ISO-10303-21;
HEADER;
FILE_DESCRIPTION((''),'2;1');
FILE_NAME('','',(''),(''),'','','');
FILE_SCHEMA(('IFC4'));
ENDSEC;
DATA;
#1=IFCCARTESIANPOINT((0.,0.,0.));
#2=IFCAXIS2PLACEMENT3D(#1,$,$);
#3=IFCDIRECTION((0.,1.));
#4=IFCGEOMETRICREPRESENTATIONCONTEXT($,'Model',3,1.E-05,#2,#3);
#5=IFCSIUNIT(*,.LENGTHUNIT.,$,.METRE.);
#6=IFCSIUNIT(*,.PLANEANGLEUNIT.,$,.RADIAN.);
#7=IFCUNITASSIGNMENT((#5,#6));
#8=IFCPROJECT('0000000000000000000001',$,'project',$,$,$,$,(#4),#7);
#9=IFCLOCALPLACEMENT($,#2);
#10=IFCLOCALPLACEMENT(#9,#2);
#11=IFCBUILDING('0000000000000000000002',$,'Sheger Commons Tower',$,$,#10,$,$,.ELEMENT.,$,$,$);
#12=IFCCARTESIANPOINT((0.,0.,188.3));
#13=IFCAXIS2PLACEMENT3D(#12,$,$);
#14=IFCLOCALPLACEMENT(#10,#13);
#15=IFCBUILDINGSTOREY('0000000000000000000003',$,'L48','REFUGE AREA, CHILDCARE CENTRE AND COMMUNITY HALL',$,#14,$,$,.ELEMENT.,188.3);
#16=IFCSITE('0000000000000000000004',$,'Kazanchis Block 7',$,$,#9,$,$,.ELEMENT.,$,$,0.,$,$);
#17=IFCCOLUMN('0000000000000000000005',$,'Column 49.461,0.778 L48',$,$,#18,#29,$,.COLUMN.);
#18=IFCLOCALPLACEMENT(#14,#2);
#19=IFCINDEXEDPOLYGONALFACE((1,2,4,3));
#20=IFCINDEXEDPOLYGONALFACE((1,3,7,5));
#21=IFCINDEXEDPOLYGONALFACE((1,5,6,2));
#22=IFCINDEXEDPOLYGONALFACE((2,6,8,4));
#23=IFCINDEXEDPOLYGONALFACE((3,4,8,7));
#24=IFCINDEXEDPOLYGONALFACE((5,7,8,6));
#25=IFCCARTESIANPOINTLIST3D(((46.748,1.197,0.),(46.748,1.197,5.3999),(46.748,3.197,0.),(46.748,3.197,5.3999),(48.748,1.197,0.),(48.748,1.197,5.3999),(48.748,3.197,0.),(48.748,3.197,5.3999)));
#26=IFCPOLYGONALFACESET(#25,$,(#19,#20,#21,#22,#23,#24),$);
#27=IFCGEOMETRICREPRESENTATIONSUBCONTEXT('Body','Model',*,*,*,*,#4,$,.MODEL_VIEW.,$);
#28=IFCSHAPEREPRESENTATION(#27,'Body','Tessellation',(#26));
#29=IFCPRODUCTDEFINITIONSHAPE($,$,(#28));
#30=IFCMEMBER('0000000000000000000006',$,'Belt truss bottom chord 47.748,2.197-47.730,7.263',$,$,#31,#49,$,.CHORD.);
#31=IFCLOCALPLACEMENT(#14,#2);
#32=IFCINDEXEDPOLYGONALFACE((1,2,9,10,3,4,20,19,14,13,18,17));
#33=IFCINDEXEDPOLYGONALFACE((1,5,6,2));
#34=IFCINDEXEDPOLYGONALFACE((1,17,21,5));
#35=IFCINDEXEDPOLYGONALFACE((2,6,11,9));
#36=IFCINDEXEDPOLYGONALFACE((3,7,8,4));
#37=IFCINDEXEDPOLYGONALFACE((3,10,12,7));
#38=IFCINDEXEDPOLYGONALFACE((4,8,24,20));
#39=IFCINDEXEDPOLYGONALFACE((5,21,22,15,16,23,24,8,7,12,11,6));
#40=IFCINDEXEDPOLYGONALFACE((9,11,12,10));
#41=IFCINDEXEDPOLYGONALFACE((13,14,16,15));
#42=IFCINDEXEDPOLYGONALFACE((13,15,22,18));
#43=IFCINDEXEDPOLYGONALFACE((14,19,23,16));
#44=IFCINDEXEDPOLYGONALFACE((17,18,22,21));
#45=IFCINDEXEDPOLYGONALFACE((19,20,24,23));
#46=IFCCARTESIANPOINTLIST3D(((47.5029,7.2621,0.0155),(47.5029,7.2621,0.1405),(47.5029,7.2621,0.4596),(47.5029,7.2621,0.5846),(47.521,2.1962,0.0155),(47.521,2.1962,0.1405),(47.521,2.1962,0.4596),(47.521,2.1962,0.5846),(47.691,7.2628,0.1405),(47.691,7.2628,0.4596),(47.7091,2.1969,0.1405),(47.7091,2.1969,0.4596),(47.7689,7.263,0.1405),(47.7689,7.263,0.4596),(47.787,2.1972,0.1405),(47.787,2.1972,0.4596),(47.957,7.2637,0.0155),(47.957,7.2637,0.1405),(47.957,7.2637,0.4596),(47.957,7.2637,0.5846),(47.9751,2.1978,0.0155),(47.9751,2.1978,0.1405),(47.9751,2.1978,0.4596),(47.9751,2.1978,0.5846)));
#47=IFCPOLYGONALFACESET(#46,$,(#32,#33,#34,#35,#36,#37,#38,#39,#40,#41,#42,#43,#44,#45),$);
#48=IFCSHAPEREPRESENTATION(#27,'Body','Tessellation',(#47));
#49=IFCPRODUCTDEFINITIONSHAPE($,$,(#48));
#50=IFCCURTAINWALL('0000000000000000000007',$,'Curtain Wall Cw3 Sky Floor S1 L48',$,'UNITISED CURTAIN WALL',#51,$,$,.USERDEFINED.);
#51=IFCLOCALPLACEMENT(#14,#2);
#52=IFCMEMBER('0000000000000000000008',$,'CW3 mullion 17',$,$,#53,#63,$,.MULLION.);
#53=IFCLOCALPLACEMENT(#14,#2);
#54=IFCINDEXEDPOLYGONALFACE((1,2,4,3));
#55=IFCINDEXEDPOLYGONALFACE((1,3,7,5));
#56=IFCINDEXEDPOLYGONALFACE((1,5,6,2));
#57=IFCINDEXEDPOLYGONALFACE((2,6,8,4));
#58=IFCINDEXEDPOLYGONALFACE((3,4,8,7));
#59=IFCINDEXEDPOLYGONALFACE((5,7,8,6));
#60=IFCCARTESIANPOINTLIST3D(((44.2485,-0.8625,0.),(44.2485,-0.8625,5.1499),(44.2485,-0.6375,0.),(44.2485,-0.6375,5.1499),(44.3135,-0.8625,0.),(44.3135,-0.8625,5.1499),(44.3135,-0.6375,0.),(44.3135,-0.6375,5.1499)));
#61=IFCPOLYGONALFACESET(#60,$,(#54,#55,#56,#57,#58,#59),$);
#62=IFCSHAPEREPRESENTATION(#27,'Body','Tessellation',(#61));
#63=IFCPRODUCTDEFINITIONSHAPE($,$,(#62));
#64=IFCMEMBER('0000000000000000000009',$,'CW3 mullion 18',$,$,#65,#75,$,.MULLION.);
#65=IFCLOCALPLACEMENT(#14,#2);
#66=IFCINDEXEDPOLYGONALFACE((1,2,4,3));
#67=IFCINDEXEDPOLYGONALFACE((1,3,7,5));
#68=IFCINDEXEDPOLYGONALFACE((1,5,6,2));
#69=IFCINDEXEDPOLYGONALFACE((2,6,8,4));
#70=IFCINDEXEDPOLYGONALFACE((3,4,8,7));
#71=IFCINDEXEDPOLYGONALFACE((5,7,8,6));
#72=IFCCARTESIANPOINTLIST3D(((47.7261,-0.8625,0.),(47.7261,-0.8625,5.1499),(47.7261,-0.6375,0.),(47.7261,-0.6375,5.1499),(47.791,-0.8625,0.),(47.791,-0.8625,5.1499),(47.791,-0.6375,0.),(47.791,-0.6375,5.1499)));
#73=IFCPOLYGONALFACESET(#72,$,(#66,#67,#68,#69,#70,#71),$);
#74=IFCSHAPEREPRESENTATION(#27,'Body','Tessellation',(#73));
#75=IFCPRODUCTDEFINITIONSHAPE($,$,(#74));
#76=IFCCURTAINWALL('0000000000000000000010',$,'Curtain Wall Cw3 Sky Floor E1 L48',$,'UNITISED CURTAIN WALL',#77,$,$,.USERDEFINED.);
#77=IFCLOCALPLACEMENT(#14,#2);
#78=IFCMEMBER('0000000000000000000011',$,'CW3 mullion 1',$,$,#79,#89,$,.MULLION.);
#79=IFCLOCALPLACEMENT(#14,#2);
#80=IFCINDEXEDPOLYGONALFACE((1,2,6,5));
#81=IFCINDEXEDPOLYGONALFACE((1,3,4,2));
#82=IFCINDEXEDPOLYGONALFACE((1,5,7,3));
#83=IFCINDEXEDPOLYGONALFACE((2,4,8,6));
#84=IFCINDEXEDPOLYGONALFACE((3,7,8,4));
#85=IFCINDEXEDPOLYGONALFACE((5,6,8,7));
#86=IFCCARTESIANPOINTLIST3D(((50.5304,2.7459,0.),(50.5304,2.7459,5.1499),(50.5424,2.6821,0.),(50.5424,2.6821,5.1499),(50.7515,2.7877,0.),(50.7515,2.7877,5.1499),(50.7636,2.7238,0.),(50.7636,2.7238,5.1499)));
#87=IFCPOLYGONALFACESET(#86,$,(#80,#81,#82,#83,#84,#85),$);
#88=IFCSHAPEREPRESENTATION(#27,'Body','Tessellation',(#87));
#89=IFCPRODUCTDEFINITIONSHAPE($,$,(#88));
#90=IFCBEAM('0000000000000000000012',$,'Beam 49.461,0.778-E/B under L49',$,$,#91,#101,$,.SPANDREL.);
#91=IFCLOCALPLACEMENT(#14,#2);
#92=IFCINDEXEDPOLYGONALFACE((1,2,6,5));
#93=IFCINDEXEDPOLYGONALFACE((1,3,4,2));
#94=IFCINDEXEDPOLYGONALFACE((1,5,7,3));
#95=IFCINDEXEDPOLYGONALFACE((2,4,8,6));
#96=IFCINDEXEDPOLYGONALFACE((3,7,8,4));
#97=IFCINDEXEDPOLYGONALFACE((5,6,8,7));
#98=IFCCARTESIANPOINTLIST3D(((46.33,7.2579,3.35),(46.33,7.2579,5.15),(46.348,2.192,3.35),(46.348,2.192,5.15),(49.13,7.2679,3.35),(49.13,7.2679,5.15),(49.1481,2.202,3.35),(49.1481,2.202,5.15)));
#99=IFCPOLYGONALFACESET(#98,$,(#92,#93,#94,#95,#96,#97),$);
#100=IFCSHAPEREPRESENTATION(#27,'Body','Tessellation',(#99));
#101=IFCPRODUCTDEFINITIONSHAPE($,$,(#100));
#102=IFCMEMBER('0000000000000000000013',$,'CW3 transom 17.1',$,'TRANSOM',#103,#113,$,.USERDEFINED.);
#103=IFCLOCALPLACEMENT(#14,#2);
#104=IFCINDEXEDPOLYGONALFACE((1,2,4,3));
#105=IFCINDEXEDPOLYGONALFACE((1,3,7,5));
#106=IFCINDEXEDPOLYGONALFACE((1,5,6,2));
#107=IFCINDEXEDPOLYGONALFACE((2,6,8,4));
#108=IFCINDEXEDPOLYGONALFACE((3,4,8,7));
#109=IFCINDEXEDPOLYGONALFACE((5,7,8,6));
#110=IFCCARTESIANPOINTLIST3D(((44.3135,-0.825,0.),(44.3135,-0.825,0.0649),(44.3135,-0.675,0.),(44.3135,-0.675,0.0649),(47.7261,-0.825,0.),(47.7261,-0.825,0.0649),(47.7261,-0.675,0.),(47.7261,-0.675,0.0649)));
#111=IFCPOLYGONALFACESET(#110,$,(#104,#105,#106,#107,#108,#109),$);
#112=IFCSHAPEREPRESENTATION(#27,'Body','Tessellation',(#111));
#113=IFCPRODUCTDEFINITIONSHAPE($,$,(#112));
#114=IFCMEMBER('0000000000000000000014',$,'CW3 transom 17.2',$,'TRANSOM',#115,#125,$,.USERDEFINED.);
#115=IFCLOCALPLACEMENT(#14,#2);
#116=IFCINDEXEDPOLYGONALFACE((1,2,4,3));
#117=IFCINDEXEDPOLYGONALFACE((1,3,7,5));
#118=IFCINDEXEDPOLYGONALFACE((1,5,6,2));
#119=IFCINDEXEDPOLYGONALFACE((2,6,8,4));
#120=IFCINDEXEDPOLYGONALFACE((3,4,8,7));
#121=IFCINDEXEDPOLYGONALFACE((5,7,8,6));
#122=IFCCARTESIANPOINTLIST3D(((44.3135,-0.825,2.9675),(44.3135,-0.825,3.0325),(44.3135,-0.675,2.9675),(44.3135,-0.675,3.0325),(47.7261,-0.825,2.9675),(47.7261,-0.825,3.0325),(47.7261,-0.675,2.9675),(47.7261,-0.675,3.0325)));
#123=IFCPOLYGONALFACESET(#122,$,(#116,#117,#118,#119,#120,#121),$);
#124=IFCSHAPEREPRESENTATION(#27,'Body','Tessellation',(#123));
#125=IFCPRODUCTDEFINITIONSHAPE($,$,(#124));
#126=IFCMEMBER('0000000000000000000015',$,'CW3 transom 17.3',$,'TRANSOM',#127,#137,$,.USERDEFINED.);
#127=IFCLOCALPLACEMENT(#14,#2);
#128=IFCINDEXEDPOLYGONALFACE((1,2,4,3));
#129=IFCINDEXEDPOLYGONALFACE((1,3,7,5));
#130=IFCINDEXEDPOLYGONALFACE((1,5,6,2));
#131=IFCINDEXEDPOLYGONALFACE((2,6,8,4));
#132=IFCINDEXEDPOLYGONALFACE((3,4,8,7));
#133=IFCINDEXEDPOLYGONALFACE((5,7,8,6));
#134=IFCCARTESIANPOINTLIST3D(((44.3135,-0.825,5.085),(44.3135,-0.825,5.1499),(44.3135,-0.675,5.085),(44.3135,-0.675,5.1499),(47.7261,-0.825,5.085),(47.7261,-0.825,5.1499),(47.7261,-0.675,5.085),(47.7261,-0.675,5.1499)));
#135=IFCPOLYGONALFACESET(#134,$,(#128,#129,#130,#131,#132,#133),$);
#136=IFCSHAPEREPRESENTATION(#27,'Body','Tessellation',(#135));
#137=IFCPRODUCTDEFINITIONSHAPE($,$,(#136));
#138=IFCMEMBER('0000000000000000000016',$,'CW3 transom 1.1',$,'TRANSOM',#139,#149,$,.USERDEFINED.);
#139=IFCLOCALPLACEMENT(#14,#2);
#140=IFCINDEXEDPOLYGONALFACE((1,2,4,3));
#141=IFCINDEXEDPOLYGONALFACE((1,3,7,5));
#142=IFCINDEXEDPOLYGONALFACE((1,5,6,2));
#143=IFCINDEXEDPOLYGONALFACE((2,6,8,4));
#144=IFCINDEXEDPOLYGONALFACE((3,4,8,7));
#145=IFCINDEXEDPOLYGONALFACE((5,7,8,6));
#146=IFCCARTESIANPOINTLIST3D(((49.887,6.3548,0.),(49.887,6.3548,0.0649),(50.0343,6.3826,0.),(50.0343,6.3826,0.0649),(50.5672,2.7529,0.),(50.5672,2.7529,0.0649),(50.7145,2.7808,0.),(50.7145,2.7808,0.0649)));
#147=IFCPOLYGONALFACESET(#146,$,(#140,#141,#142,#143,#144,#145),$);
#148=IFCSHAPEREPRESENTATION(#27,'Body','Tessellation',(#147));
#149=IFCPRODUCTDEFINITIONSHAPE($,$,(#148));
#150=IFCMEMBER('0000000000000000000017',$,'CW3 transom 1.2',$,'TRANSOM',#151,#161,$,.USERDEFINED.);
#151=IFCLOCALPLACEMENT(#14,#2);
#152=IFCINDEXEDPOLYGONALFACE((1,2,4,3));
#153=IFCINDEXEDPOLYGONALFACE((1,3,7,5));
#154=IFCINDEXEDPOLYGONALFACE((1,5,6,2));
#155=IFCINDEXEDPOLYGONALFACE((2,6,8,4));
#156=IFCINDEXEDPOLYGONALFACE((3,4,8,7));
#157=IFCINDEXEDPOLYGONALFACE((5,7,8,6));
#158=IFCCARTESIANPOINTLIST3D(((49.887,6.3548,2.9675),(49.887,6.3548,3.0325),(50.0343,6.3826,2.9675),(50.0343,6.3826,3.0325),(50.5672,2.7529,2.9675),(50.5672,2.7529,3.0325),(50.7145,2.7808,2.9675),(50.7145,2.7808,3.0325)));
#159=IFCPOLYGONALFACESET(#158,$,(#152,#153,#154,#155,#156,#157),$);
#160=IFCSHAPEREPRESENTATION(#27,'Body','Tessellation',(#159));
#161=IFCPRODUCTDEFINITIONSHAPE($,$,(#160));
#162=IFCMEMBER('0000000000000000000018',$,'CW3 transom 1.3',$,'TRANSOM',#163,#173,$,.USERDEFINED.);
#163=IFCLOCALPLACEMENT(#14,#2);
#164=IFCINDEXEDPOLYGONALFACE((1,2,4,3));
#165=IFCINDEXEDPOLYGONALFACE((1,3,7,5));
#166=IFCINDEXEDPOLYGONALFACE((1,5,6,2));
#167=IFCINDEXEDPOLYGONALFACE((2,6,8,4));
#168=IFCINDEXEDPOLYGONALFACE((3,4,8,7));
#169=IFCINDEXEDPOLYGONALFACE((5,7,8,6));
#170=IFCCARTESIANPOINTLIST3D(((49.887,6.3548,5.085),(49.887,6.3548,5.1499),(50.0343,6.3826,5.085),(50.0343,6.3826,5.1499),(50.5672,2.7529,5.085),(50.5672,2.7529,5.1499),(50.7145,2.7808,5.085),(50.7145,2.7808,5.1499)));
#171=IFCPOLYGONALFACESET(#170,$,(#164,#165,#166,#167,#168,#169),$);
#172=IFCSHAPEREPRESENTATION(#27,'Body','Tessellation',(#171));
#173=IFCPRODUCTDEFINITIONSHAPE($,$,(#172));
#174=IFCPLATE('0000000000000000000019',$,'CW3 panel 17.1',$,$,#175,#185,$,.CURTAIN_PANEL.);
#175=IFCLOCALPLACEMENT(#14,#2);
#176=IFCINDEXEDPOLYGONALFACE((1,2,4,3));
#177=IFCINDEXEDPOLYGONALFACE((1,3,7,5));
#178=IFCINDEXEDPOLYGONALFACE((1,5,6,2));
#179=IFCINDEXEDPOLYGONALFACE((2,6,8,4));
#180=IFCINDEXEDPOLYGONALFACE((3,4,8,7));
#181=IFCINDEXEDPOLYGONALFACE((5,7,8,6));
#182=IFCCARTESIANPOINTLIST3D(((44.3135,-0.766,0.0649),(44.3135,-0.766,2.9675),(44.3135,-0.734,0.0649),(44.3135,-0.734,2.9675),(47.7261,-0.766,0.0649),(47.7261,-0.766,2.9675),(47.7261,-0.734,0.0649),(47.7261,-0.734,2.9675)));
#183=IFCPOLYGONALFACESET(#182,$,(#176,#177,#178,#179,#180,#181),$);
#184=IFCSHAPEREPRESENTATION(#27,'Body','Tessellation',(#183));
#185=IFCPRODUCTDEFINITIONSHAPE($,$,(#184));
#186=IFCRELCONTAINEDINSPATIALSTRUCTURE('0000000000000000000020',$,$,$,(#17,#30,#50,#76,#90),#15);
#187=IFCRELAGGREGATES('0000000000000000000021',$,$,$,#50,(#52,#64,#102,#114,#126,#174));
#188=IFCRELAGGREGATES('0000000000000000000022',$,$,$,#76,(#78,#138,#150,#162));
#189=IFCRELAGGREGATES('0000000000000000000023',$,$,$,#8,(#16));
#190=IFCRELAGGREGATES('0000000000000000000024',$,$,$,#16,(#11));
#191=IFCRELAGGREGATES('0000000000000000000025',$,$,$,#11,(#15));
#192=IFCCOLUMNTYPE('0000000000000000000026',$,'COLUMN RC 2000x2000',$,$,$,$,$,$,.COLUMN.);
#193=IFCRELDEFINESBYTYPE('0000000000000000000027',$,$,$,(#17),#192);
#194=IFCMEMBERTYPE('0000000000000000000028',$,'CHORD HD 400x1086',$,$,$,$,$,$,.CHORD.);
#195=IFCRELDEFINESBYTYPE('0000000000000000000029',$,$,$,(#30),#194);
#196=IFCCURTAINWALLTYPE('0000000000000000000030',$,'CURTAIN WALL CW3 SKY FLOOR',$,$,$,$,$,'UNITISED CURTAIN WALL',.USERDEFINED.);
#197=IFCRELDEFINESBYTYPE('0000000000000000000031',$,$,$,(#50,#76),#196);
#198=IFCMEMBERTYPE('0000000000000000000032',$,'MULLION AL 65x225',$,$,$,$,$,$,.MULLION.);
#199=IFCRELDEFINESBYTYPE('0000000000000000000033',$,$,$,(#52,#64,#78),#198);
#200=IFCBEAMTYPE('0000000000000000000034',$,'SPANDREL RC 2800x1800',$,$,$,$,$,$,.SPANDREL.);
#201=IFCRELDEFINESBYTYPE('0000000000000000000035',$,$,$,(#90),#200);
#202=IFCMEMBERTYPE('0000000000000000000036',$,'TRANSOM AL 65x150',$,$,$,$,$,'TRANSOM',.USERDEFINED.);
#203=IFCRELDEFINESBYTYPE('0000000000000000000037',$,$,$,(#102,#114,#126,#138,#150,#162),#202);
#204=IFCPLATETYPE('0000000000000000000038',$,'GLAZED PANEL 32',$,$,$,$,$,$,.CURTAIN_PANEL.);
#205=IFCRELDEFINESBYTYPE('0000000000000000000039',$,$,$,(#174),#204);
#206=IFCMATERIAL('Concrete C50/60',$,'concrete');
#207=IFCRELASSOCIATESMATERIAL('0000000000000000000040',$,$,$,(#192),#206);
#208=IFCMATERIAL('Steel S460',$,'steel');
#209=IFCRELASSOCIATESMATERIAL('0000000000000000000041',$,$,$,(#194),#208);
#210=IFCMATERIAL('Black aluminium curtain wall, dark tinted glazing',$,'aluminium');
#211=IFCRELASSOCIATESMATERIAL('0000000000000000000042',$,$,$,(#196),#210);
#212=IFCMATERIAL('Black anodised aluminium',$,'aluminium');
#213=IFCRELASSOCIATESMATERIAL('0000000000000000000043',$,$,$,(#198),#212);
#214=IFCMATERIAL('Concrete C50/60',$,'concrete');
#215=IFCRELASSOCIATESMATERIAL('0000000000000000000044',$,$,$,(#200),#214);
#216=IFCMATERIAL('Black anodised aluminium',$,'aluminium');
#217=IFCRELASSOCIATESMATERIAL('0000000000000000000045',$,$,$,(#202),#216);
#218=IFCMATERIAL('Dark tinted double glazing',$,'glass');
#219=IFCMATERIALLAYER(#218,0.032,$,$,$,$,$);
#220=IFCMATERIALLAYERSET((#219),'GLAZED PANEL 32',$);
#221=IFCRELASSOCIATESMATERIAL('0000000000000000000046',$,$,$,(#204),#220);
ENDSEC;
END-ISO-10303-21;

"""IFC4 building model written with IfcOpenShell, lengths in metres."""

from ifc_helpers import new_model, si_unit, direction, frame, origin, origin_2d, place, context, subcontext, project, spatial, rectangle, i_section, extrude, material, layer, layer_set, material_profile, profile_set, type_object, element, aggregate, save


model = new_model("IFC4")

# Units and contexts
model_context = context("Model", 3, precision=1e-05, world=origin(), true_north=direction((0.0, 1.0)))
body_context = subcontext(model_context, "Body", "Model", "MODEL_VIEW")
ifc_project = project(units=[si_unit("LENGTHUNIT", "METRE"), si_unit("PLANEANGLEUNIT", "RADIAN")], contexts=[model_context])

# Site, building, storey
site_placement = place(None, origin())
site = spatial("IfcSite", under=ifc_project, at=site_placement, Name="Kazanchis Block 7", CompositionType="ELEMENT", RefElevation=0.0)
building_placement = place(site_placement, origin())
building = spatial("IfcBuilding", under=site, at=building_placement, Name="Sheger Commons Tower", CompositionType="ELEMENT")
storey_placement = place(building_placement, frame((0.0, 0.0, 188.3)))
storey = spatial("IfcBuildingStorey", under=building, at=storey_placement, Name="L48", Description="REFUGE AREA, CHILDCARE CENTRE AND COMMUNITY HALL", CompositionType="ELEMENT", Elevation=188.3)

# Column
ifc_material_1 = material(Name="Concrete C50/60", Category="concrete")
ifc_material_profile_1 = material_profile(ifc_material_1, rectangle(XDim=2.0, YDim=2.0, at=origin_2d()), Name="RC 2000x2000")
ifc_profile_set_1 = profile_set([ifc_material_profile_1], Name="Concrete C50/60")
column_type = type_object("IfcColumnType", Name="COLUMN RC 2000x2000", PredefinedType="COLUMN", material=ifc_profile_set_1)
column_placement = place(storey_placement, frame((47.748, 2.197, 0.0), z_axis=(0.0, 0.0, 1.0), x_axis=(1.0, 0.0, 0.0)))
element("IfcColumn", 1, at=column_placement, inside=storey, type_object=column_type, Name="Column 49.461,0.778 L48", PredefinedType="COLUMN", context=body_context, shape_type="SweptSolid", body=[
    extrude(rectangle(XDim=2.0, YDim=2.0, at=origin_2d()), origin(), (0.0, 0.0, 1.0), 5.3999),
])

# Member
ifc_material_2 = material(Name="Steel S460", Category="steel")
ifc_material_profile_2 = material_profile(ifc_material_2, i_section(OverallWidth=0.4541, OverallDepth=0.5691, WebThickness=0.0779, FlangeThickness=0.125, at=origin_2d()), Name="HD 400x1086")
ifc_profile_set_2 = profile_set([ifc_material_profile_2], Name="Steel S460")
member_type_1 = type_object("IfcMemberType", Name="CHORD HD 400x1086", PredefinedType="CHORD", material=ifc_profile_set_2)
member_1_placement = place(storey_placement, frame((47.748, 2.197, 0.3), z_axis=(-0.003566, 0.999994, 0.0), x_axis=(-0.999994, -0.003566, 0.0)))
element("IfcMember", 2, at=member_1_placement, inside=storey, type_object=member_type_1, Name="Belt truss bottom chord 47.748,2.197-47.730,7.263", PredefinedType="CHORD", context=body_context, shape_type="SweptSolid", body=[
    extrude(i_section(OverallWidth=0.4541, OverallDepth=0.5691, WebThickness=0.0779, FlangeThickness=0.125, at=origin_2d()), origin(), (0.0, 0.0, 1.0), 5.0659),
])

# Curtain wall, members
ifc_material_3 = material(Name="Black aluminium curtain wall, dark tinted glazing", Category="aluminium")
curtain_wall_type = type_object("IfcCurtainWallType", Name="CURTAIN WALL CW3 SKY FLOOR", ElementType="UNITISED CURTAIN WALL", PredefinedType="USERDEFINED", material=ifc_material_3)
curtain_wall_1_placement = place(storey_placement, origin())
curtain_wall_1 = element("IfcCurtainWall", 3, at=curtain_wall_1_placement, inside=storey, type_object=curtain_wall_type, Name="Curtain Wall Cw3 Sky Floor S1 L48", ObjectType="UNITISED CURTAIN WALL", PredefinedType="USERDEFINED")
ifc_material_4 = material(Name="Black anodised aluminium", Category="aluminium")
ifc_material_profile_3 = material_profile(ifc_material_4, rectangle(XDim=0.2251, YDim=0.0649, at=origin_2d()), Name="AL 65x225")
ifc_profile_set_3 = profile_set([ifc_material_profile_3], Name="Black anodised aluminium")
member_type_2 = type_object("IfcMemberType", Name="MULLION AL 65x225", PredefinedType="MULLION", material=ifc_profile_set_3)
member_2_placement = place(storey_placement, frame((44.281, -0.75, 0.0), z_axis=(0.0, 0.0, 1.0), x_axis=(0.0, 1.0, 0.0)))
member_2 = element("IfcMember", 4, at=member_2_placement, type_object=member_type_2, Name="CW3 mullion 17", PredefinedType="MULLION", context=body_context, shape_type="SweptSolid", body=[
    extrude(rectangle(XDim=0.2251, YDim=0.0649, at=origin_2d()), origin(), (0.0, 0.0, 1.0), 5.1499),
])
member_3_placement = place(storey_placement, frame((47.7585, -0.75, 0.0), z_axis=(0.0, 0.0, 1.0), x_axis=(0.0, 1.0, 0.0)))
member_3 = element("IfcMember", 5, at=member_3_placement, type_object=member_type_2, Name="CW3 mullion 18", PredefinedType="MULLION", context=body_context, shape_type="SweptSolid", body=[
    extrude(rectangle(XDim=0.2251, YDim=0.0649, at=origin_2d()), origin(), (0.0, 0.0, 1.0), 5.1499),
])

# Curtain wall, member
curtain_wall_2_placement = place(storey_placement, origin())
curtain_wall_2 = element("IfcCurtainWall", 6, at=curtain_wall_2_placement, inside=storey, type_object=curtain_wall_type, Name="Curtain Wall Cw3 Sky Floor E1 L48", ObjectType="UNITISED CURTAIN WALL", PredefinedType="USERDEFINED")
member_4_placement = place(storey_placement, frame((50.647, 2.7349, 0.0), z_axis=(0.0, 0.0, 1.0), x_axis=(-0.982624, -0.18561, 0.0)))
member_4 = element("IfcMember", 7, at=member_4_placement, type_object=member_type_2, Name="CW3 mullion 1", PredefinedType="MULLION", context=body_context, shape_type="SweptSolid", body=[
    extrude(rectangle(XDim=0.2251, YDim=0.0649, at=origin_2d()), origin(), (0.0, 0.0, 1.0), 5.1499),
])

# Beam
ifc_material_5 = material(Name="Concrete C50/60", Category="concrete")
ifc_material_profile_4 = material_profile(ifc_material_5, rectangle(XDim=2.8, YDim=1.8, at=origin_2d()), Name="RC 2800x1800")
ifc_profile_set_4 = profile_set([ifc_material_profile_4], Name="Concrete C50/60")
beam_type = type_object("IfcBeamType", Name="SPANDREL RC 2800x1800", PredefinedType="SPANDREL", material=ifc_profile_set_4)
beam_placement = place(storey_placement, frame((47.748, 2.197, 4.25), z_axis=(-0.003566, 0.999994, 0.0), x_axis=(-0.999994, -0.003566, 0.0)))
element("IfcBeam", 8, at=beam_placement, inside=storey, type_object=beam_type, Name="Beam 49.461,0.778-E/B under L49", PredefinedType="SPANDREL", context=body_context, shape_type="SweptSolid", body=[
    extrude(rectangle(XDim=2.8, YDim=1.8, at=origin_2d()), origin(), (0.0, 0.0, 1.0), 5.0659),
])

# Members
ifc_material_6 = material(Name="Black anodised aluminium", Category="aluminium")
ifc_material_profile_5 = material_profile(ifc_material_6, rectangle(XDim=0.1499, YDim=0.0649, at=origin_2d()), Name="AL 65x150")
ifc_profile_set_5 = profile_set([ifc_material_profile_5], Name="Black anodised aluminium")
member_type_3 = type_object("IfcMemberType", Name="TRANSOM AL 65x150", ElementType="TRANSOM", PredefinedType="USERDEFINED", material=ifc_profile_set_5)
member_5_placement = place(storey_placement, frame((44.3135, -0.75, 0.0325), z_axis=(1.0, 0.0, 0.0), x_axis=(0.0, 1.0, 0.0)))
member_5 = element("IfcMember", 9, at=member_5_placement, type_object=member_type_3, Name="CW3 transom 17.1", ObjectType="TRANSOM", PredefinedType="USERDEFINED", context=body_context, shape_type="SweptSolid", body=[
    extrude(rectangle(XDim=0.1499, YDim=0.0649, at=origin_2d()), origin(), (0.0, 0.0, 1.0), 3.4126),
])
member_6_placement = place(storey_placement, frame((44.3135, -0.75, 3.0), z_axis=(1.0, 0.0, 0.0), x_axis=(0.0, 1.0, 0.0)))
member_6 = element("IfcMember", 10, at=member_6_placement, type_object=member_type_3, Name="CW3 transom 17.2", ObjectType="TRANSOM", PredefinedType="USERDEFINED", context=body_context, shape_type="SweptSolid", body=[
    extrude(rectangle(XDim=0.1499, YDim=0.0649, at=origin_2d()), origin(), (0.0, 0.0, 1.0), 3.4126),
])
member_7_placement = place(storey_placement, frame((44.3135, -0.75, 5.1174), z_axis=(1.0, 0.0, 0.0), x_axis=(0.0, 1.0, 0.0)))
member_7 = element("IfcMember", 11, at=member_7_placement, type_object=member_type_3, Name="CW3 transom 17.3", ObjectType="TRANSOM", PredefinedType="USERDEFINED", context=body_context, shape_type="SweptSolid", body=[
    extrude(rectangle(XDim=0.1499, YDim=0.0649, at=origin_2d()), origin(), (0.0, 0.0, 1.0), 3.4126),
])
member_8_placement = place(storey_placement, frame((50.6409, 2.7668, 0.0325), z_axis=(-0.185563, 0.982632, 0.0), x_axis=(-0.982632, -0.185563, 0.0)))
member_8 = element("IfcMember", 12, at=member_8_placement, type_object=member_type_3, Name="CW3 transom 1.1", ObjectType="TRANSOM", PredefinedType="USERDEFINED", context=body_context, shape_type="SweptSolid", body=[
    extrude(rectangle(XDim=0.1499, YDim=0.0649, at=origin_2d()), origin(), (0.0, 0.0, 1.0), 3.6655),
])
member_9_placement = place(storey_placement, frame((50.6409, 2.7668, 3.0), z_axis=(-0.185563, 0.982632, 0.0), x_axis=(-0.982632, -0.185563, 0.0)))
member_9 = element("IfcMember", 13, at=member_9_placement, type_object=member_type_3, Name="CW3 transom 1.2", ObjectType="TRANSOM", PredefinedType="USERDEFINED", context=body_context, shape_type="SweptSolid", body=[
    extrude(rectangle(XDim=0.1499, YDim=0.0649, at=origin_2d()), origin(), (0.0, 0.0, 1.0), 3.6655),
])
member_10_placement = place(storey_placement, frame((50.6409, 2.7668, 5.1174), z_axis=(-0.185563, 0.982632, 0.0), x_axis=(-0.982632, -0.185563, 0.0)))
member_10 = element("IfcMember", 14, at=member_10_placement, type_object=member_type_3, Name="CW3 transom 1.3", ObjectType="TRANSOM", PredefinedType="USERDEFINED", context=body_context, shape_type="SweptSolid", body=[
    extrude(rectangle(XDim=0.1499, YDim=0.0649, at=origin_2d()), origin(), (0.0, 0.0, 1.0), 3.6655),
])

# Plate
ifc_material_7 = material(Name="Dark tinted double glazing", Category="glass")
ifc_layer_1 = layer(ifc_material_7, 0.032)
ifc_layer_set_1 = layer_set([ifc_layer_1], Name="GLAZED PANEL 32")
plate_type = type_object("IfcPlateType", Name="GLAZED PANEL 32", PredefinedType="CURTAIN_PANEL", material=ifc_layer_set_1)
plate_1_placement = place(storey_placement, frame((46.0198, -0.75, 0.0649), z_axis=(0.0, 0.0, 1.0), x_axis=(1.0, 0.0, 0.0)))
plate_1 = element("IfcPlate", 15, at=plate_1_placement, type_object=plate_type, Name="CW3 panel 17.1", PredefinedType="CURTAIN_PANEL", context=body_context, shape_type="SweptSolid", body=[
    extrude(rectangle(XDim=3.4126, YDim=0.032, at=origin_2d()), origin(), (0.0, 0.0, 1.0), 2.9026),
])
aggregate(curtain_wall_1, [member_2, member_3, member_5, member_6, member_7, plate_1])
aggregate(curtain_wall_2, [member_4, member_8, member_9, member_10])

save(model, "model.ifc")
